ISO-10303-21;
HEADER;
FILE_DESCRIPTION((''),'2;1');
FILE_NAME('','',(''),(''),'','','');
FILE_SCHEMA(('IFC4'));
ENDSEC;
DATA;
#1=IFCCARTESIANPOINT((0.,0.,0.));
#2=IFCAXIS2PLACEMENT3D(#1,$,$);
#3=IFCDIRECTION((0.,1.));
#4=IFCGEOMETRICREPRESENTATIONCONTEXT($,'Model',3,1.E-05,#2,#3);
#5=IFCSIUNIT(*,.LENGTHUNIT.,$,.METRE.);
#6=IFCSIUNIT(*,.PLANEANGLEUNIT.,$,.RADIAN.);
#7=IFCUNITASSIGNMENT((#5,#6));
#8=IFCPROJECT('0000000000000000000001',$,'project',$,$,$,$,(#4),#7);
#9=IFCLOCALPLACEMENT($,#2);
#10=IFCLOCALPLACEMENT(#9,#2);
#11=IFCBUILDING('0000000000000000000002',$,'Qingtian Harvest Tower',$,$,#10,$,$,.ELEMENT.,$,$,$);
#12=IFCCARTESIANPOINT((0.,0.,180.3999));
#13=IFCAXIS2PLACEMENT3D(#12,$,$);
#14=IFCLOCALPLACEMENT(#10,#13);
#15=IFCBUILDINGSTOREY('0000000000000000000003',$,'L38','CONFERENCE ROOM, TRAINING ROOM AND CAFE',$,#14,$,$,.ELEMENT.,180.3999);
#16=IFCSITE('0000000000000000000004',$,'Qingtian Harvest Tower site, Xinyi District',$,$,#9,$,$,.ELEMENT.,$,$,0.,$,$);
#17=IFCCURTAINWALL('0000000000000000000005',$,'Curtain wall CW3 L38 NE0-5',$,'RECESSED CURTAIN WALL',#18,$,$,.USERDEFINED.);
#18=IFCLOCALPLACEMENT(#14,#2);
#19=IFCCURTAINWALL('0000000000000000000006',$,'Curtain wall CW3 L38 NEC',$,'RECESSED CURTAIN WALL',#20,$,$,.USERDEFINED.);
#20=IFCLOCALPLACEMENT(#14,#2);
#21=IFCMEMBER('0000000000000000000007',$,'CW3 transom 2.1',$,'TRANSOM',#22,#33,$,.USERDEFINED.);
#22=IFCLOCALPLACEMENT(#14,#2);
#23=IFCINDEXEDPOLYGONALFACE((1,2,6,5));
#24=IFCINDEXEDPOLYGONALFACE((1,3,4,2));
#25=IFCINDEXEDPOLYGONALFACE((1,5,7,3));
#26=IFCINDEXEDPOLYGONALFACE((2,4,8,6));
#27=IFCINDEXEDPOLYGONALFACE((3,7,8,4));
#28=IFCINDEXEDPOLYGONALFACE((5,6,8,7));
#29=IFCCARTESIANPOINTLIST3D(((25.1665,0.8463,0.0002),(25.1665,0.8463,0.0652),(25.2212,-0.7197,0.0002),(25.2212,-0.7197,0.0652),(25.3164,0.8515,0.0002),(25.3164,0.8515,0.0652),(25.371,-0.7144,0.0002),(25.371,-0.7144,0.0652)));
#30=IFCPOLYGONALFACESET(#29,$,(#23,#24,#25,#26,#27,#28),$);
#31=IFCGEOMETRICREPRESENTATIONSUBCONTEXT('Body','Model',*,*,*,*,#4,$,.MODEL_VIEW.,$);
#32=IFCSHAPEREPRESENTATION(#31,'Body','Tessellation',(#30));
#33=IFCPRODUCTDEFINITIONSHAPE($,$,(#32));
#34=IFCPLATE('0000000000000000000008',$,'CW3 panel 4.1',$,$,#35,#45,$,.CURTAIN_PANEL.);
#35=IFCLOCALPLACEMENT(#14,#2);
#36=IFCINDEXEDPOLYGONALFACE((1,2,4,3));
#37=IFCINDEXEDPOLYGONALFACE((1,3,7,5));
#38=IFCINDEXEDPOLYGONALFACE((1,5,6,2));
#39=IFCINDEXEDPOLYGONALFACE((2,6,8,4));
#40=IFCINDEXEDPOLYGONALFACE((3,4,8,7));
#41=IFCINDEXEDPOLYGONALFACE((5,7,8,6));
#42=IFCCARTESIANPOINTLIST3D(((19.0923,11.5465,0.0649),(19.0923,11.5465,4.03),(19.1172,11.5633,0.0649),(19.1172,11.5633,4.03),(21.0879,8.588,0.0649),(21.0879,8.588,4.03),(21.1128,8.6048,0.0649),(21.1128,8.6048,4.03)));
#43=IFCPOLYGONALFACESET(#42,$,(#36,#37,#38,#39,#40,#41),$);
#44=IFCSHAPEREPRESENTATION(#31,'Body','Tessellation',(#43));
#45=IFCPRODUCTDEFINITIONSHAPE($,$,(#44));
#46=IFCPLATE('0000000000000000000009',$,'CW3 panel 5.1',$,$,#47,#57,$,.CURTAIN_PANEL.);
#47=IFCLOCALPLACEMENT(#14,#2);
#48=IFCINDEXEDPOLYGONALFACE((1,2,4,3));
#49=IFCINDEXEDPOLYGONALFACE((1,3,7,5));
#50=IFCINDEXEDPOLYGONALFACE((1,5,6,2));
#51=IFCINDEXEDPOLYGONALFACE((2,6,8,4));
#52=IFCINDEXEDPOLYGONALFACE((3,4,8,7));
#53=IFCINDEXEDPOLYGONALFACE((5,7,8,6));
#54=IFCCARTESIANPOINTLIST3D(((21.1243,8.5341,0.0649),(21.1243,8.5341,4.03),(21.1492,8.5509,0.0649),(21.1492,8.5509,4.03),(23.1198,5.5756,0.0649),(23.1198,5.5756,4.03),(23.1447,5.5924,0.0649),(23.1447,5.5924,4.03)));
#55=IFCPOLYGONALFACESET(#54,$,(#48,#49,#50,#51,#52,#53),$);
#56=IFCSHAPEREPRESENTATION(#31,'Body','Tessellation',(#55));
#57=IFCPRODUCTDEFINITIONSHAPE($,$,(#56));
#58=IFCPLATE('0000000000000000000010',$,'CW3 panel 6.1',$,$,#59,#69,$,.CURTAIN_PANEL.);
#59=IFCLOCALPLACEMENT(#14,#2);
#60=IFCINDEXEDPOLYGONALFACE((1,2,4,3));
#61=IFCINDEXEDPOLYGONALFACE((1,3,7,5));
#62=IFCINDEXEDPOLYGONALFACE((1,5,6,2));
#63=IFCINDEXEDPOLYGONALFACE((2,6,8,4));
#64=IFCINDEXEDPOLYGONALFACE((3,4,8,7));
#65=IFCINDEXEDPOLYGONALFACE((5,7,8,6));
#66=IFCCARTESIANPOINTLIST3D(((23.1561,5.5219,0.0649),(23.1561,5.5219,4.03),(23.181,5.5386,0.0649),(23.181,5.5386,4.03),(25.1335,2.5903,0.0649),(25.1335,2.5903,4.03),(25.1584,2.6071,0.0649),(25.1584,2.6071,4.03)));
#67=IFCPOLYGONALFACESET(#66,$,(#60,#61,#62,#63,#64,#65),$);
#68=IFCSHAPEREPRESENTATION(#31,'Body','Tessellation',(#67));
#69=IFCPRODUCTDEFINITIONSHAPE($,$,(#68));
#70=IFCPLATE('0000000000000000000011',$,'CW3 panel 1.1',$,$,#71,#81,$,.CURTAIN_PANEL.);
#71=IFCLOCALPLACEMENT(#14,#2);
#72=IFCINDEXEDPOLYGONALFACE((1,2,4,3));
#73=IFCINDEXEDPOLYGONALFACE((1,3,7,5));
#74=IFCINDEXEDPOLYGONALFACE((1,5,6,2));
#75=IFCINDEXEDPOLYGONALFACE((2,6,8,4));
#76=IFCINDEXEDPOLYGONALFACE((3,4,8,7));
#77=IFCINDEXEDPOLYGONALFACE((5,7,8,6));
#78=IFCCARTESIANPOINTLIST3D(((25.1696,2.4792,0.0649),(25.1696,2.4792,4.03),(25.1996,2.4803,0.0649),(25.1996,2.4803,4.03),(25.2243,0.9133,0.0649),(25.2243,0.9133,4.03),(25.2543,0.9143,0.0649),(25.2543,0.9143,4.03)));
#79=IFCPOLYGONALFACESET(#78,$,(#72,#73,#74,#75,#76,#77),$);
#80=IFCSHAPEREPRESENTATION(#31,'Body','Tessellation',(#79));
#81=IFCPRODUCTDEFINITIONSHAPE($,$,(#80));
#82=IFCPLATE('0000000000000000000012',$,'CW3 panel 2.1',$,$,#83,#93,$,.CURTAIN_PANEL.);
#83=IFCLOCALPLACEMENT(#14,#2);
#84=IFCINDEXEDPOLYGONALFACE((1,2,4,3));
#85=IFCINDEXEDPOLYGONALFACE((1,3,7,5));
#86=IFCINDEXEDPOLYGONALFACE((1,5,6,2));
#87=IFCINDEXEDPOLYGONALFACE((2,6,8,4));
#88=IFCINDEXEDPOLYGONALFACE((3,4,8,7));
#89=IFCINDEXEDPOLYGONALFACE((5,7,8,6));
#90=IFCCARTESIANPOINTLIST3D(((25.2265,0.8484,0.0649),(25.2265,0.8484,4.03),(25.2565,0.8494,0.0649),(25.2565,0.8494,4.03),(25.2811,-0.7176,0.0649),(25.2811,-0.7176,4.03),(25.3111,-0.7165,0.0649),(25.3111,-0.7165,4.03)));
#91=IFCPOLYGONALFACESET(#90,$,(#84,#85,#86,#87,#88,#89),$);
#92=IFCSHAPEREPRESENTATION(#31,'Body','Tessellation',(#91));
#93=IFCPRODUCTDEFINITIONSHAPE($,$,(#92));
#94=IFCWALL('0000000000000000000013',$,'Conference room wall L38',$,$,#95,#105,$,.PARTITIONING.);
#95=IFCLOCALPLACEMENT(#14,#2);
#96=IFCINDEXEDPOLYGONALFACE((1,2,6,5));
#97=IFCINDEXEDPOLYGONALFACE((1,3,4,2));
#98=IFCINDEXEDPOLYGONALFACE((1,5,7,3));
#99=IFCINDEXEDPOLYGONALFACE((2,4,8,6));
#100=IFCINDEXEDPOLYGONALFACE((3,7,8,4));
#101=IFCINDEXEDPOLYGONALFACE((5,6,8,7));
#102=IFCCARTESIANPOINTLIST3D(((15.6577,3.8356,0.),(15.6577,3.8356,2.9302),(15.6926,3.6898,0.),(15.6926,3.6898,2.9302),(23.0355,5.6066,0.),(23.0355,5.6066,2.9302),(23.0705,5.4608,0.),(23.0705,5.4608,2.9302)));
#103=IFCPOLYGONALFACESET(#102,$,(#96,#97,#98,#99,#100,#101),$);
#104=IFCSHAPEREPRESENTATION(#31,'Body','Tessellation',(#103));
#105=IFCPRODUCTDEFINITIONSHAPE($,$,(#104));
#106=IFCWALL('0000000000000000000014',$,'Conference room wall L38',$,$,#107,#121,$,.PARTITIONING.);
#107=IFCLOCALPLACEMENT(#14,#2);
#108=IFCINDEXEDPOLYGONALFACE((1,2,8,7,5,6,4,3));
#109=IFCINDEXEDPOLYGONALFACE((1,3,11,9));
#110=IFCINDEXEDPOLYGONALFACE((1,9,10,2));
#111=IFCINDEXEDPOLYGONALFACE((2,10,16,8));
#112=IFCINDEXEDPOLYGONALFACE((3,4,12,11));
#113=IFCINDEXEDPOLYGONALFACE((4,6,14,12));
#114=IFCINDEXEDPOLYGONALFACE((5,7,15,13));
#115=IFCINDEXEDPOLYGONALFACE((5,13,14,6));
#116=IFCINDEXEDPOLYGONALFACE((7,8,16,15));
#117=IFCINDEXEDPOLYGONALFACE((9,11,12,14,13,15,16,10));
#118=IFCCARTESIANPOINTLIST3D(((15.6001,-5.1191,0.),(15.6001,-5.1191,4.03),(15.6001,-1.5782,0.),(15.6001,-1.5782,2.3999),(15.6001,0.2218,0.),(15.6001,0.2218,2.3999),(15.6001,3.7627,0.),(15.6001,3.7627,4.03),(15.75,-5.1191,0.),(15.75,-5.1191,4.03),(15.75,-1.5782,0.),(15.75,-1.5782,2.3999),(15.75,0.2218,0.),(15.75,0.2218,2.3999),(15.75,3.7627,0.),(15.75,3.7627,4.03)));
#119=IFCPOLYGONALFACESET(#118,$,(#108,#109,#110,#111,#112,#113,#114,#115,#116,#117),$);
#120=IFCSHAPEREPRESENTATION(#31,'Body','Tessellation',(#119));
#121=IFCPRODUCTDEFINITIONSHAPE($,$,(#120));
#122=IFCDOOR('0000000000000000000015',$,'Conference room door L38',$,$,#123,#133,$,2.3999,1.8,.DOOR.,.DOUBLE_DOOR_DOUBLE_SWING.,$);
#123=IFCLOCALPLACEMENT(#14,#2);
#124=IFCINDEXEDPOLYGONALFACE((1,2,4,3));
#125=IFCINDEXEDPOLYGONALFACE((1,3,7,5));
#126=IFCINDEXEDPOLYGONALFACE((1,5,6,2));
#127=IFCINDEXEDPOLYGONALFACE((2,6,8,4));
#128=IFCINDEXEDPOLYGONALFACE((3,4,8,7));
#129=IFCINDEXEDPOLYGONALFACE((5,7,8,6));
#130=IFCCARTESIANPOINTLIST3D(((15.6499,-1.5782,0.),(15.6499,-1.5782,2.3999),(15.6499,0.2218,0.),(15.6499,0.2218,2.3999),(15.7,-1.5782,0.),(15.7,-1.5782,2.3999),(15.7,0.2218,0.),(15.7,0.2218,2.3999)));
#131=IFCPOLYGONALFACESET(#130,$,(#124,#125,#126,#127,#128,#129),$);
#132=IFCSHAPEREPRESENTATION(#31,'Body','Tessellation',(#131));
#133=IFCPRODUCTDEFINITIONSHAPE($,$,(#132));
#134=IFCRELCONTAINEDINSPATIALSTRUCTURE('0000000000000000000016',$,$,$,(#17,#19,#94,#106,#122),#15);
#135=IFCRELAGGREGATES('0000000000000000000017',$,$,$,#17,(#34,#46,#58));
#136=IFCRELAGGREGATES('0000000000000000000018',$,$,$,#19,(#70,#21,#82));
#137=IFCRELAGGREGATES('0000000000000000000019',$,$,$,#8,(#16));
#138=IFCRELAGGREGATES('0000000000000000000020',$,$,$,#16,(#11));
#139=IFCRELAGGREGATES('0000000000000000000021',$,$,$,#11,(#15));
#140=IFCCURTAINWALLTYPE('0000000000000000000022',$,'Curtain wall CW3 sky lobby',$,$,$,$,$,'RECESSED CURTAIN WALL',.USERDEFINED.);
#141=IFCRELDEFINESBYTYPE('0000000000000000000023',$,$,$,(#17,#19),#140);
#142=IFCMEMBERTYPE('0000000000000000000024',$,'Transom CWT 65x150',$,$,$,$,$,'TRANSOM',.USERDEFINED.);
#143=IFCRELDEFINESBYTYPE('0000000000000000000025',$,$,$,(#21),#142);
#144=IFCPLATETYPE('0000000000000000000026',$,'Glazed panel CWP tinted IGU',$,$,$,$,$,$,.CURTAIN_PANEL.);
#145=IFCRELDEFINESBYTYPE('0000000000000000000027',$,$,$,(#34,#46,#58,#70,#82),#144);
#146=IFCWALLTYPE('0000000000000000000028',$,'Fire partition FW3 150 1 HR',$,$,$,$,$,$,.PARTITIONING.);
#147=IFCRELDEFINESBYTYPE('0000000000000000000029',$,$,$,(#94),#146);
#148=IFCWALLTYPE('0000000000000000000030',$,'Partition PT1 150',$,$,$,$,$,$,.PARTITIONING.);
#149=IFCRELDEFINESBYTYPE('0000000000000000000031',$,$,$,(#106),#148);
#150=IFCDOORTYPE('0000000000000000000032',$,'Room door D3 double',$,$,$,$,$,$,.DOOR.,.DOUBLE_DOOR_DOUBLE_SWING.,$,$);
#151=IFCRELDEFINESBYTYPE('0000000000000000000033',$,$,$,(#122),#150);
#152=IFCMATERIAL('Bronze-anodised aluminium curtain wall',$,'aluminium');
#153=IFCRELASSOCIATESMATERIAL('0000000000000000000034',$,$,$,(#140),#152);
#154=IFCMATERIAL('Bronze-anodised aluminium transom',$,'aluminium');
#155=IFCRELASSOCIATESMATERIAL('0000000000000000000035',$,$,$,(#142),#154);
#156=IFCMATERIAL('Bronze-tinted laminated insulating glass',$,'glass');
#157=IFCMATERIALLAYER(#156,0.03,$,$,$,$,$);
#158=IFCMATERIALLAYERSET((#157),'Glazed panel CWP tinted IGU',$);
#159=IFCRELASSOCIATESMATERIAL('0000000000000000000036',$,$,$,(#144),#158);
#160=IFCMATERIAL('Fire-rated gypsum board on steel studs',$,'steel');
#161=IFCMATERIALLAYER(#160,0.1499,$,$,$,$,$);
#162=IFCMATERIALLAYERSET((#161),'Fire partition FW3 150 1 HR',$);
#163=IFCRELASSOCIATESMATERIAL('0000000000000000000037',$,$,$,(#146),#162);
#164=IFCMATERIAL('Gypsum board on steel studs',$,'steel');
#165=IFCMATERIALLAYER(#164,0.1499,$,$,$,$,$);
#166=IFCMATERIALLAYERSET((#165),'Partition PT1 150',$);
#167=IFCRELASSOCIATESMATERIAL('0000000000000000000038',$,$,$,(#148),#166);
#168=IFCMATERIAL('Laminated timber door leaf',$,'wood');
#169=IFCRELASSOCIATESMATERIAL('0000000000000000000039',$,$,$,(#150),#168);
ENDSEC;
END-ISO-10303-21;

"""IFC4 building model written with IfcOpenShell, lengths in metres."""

from ifc_helpers import new_model, si_unit, direction, frame, frame_2d, origin, origin_2d, place, context, subcontext, project, spatial, rectangle, extrude, material, layer, layer_set, material_profile, profile_set, type_object, element, fill, aggregate, save


model = new_model("IFC4")

# Units and contexts
model_context = context("Model", 3, precision=1e-05, world=origin(), true_north=direction((0.0, 1.0)))
body_context = subcontext(model_context, "Body", "Model", "MODEL_VIEW")
ifc_project = project(units=[si_unit("LENGTHUNIT", "METRE"), si_unit("PLANEANGLEUNIT", "RADIAN")], contexts=[model_context])

# Site, building, storey
site_placement = place(None, origin())
site = spatial("IfcSite", under=ifc_project, at=site_placement, Name="Qingtian Harvest Tower site, Xinyi District", CompositionType="ELEMENT", RefElevation=0.0)
building_placement = place(site_placement, origin())
building = spatial("IfcBuilding", under=site, at=building_placement, Name="Qingtian Harvest Tower", CompositionType="ELEMENT")
storey_placement = place(building_placement, frame((0.0, 0.0, 180.3999)))
storey = spatial("IfcBuildingStorey", under=building, at=storey_placement, Name="L38", Description="CONFERENCE ROOM, TRAINING ROOM AND CAFE", CompositionType="ELEMENT", Elevation=180.3999)

# Curtain walls
ifc_material_1 = material(Name="Bronze-anodised aluminium curtain wall", Category="aluminium")
curtain_wall_type = type_object("IfcCurtainWallType", Name="Curtain wall CW3 sky lobby", ElementType="RECESSED CURTAIN WALL", PredefinedType="USERDEFINED", material=ifc_material_1)
curtain_wall_1_placement = place(storey_placement, origin())
curtain_wall_1 = element("IfcCurtainWall", 1, at=curtain_wall_1_placement, inside=storey, type_object=curtain_wall_type, Name="Curtain wall CW3 L38 NE0-5", ObjectType="RECESSED CURTAIN WALL", PredefinedType="USERDEFINED")
curtain_wall_2_placement = place(storey_placement, origin())
curtain_wall_2 = element("IfcCurtainWall", 2, at=curtain_wall_2_placement, inside=storey, type_object=curtain_wall_type, Name="Curtain wall CW3 L38 NEC", ObjectType="RECESSED CURTAIN WALL", PredefinedType="USERDEFINED")

# Member
ifc_material_2 = material(Name="Bronze-anodised aluminium transom", Category="aluminium")
ifc_material_profile_1 = material_profile(ifc_material_2, rectangle(XDim=0.1499, YDim=0.0649, at=origin_2d()), Name="AL 65x150")
ifc_profile_set_1 = profile_set([ifc_material_profile_1], Name="Bronze-anodised aluminium transom")
member_type_1 = type_object("IfcMemberType", Name="Transom CWT 65x150", ElementType="TRANSOM", PredefinedType="USERDEFINED", material=ifc_profile_set_1)
member_1_placement = place(storey_placement, frame((25.2415, 0.8489, 0.0327), z_axis=(0.034902, -0.999391, 0.0), x_axis=(0.999391, 0.034902, 0.0)))
member_1 = element("IfcMember", 3, at=member_1_placement, type_object=member_type_1, Name="CW3 transom 2.1", ObjectType="TRANSOM", PredefinedType="USERDEFINED", context=body_context, shape_type="SweptSolid", body=[
    extrude(rectangle(XDim=0.1499, YDim=0.0649, at=origin_2d()), origin(), (0.0, 0.0, 1.0), 1.5669),
])

# Plates
ifc_material_3 = material(Name="Bronze-tinted laminated insulating glass", Category="glass")
ifc_layer_1 = layer(ifc_material_3, 0.03)
ifc_layer_set_1 = layer_set([ifc_layer_1], Name="Glazed panel CWP tinted IGU")
plate_type = type_object("IfcPlateType", Name="Glazed panel CWP tinted IGU", PredefinedType="CURTAIN_PANEL", material=ifc_layer_set_1)
plate_1_placement = place(storey_placement, frame((20.1025, 10.0757, 0.0649), z_axis=(0.0, 0.0, 1.0), x_axis=(0.559193, -0.829038, 0.0)))
plate_1 = element("IfcPlate", 4, at=plate_1_placement, type_object=plate_type, Name="CW3 panel 4.1", PredefinedType="CURTAIN_PANEL", context=body_context, shape_type="SweptSolid", body=[
    extrude(rectangle(XDim=3.5686, YDim=0.03, at=origin_2d()), origin(), (0.0, 0.0, 1.0), 3.9651),
])
plate_2_placement = place(storey_placement, frame((22.1345, 7.0632, 0.0649), z_axis=(0.0, 0.0, 1.0), x_axis=(0.559193, -0.829038, 0.0)))
plate_2 = element("IfcPlate", 5, at=plate_2_placement, type_object=plate_type, Name="CW3 panel 5.1", PredefinedType="CURTAIN_PANEL", context=body_context, shape_type="SweptSolid", body=[
    extrude(rectangle(XDim=3.5686, YDim=0.03, at=origin_2d()), origin(), (0.0, 0.0, 1.0), 3.9651),
])
plate_3_placement = place(storey_placement, frame((24.1572, 4.0645, 0.0649), z_axis=(0.0, 0.0, 1.0), x_axis=(0.559193, -0.829038, 0.0)))
plate_3 = element("IfcPlate", 6, at=plate_3_placement, type_object=plate_type, Name="CW3 panel 6.1", PredefinedType="CURTAIN_PANEL", context=body_context, shape_type="SweptSolid", body=[
    extrude(rectangle(XDim=3.5361, YDim=0.03, at=origin_2d()), origin(), (0.0, 0.0, 1.0), 3.9651),
])
aggregate(curtain_wall_1, [plate_1, plate_2, plate_3])
plate_4_placement = place(storey_placement, frame((25.2119, 1.6968, 0.0649), z_axis=(0.0, 0.0, 1.0), x_axis=(0.034899, -0.999391, 0.0)))
plate_4 = element("IfcPlate", 7, at=plate_4_placement, type_object=plate_type, Name="CW3 panel 1.1", PredefinedType="CURTAIN_PANEL", context=body_context, shape_type="SweptSolid", body=[
    extrude(rectangle(XDim=1.5669, YDim=0.03, at=origin_2d()), origin(), (0.0, 0.0, 1.0), 3.9651),
])
plate_5_placement = place(storey_placement, frame((25.2688, 0.0659, 0.0649), z_axis=(0.0, 0.0, 1.0), x_axis=(0.034899, -0.999391, 0.0)))
plate_5 = element("IfcPlate", 8, at=plate_5_placement, type_object=plate_type, Name="CW3 panel 2.1", PredefinedType="CURTAIN_PANEL", context=body_context, shape_type="SweptSolid", body=[
    extrude(rectangle(XDim=1.5669, YDim=0.03, at=origin_2d()), origin(), (0.0, 0.0, 1.0), 3.9651),
])
aggregate(curtain_wall_2, [plate_4, member_1, plate_5])

# Wall
ifc_material_4 = material(Name="Fire-rated gypsum board on steel studs", Category="steel")
ifc_layer_2 = layer(ifc_material_4, 0.1499)
ifc_layer_set_2 = layer_set([ifc_layer_2], Name="Fire partition FW3 150 1 HR")
wall_type_1 = type_object("IfcWallType", Name="Fire partition FW3 150 1 HR", PredefinedType="PARTITIONING", material=ifc_layer_set_2)
wall_1_placement = place(storey_placement, frame((23.053, 5.5337, 0.0), z_axis=(0.0, 0.0, 1.0), x_axis=(-0.972379, -0.233409, 0.0)))
element("IfcWall", 9, at=wall_1_placement, inside=storey, type_object=wall_type_1, Name="Conference room wall L38", PredefinedType="PARTITIONING", context=body_context, shape_type="SweptSolid", body=[
    extrude(rectangle(XDim=7.5874, YDim=0.1499, at=frame_2d((3.7937, 0.0))), origin(), (0.0, 0.0, 1.0), 2.9302),
])

# Wall, opening, door
ifc_material_5 = material(Name="Gypsum board on steel studs", Category="steel")
ifc_layer_3 = layer(ifc_material_5, 0.1499)
ifc_layer_set_3 = layer_set([ifc_layer_3], Name="Partition PT1 150")
wall_type_2 = type_object("IfcWallType", Name="Partition PT1 150", PredefinedType="PARTITIONING", material=ifc_layer_set_3)
wall_2_placement = place(storey_placement, frame((15.675, 3.7627, 0.0), z_axis=(0.0, 0.0, 1.0), x_axis=(0.0, -1.0, 0.0)))
wall_2 = element("IfcWall", 10, at=wall_2_placement, inside=storey, type_object=wall_type_2, Name="Conference room wall L38", PredefinedType="PARTITIONING", context=body_context, shape_type="SweptSolid", body=[
    extrude(rectangle(XDim=8.8818, YDim=0.1499, at=frame_2d((4.4409, 0.0))), origin(), (0.0, 0.0, 1.0), 4.03),
])
opening_placement = place(wall_2_placement, frame((3.541, 0.0, 0.0)))
opening = element("IfcOpeningElement", 11, at=opening_placement, cuts=wall_2, PredefinedType="OPENING", context=body_context, shape_type="SweptSolid", body=[
    extrude(rectangle(XDim=1.8, YDim=2.3999, at=frame_2d((0.8999, 1.2))), frame((0.0, 0.085, 0.0), z_axis=(0.0, -1.0, 0.0), x_axis=(1.0, 0.0, 0.0)), (0.0, 0.0, 1.0), 0.1699),
])
ifc_material_6 = material(Name="Laminated timber door leaf", Category="wood")
door_type = type_object("IfcDoorType", Name="Room door D3 double", OperationType="DOUBLE_DOOR_DOUBLE_SWING", PredefinedType="DOOR", material=ifc_material_6)
door_placement = place(opening_placement, origin())
door = element("IfcDoor", 12, at=door_placement, inside=storey, type_object=door_type, Name="Conference room door L38", OperationType="DOUBLE_DOOR_DOUBLE_SWING", OverallHeight=2.3999, OverallWidth=1.8, PredefinedType="DOOR", context=body_context, shape_type="SweptSolid", body=[
    extrude(rectangle(XDim=1.8, YDim=2.3999, at=frame_2d((0.8999, 1.2))), frame((0.0, 0.0249, 0.0), z_axis=(0.0, -1.0, 0.0), x_axis=(1.0, 0.0, 0.0)), (0.0, 0.0, 1.0), 0.05),
])
fill(opening, door)

save(model, "model.ifc")
